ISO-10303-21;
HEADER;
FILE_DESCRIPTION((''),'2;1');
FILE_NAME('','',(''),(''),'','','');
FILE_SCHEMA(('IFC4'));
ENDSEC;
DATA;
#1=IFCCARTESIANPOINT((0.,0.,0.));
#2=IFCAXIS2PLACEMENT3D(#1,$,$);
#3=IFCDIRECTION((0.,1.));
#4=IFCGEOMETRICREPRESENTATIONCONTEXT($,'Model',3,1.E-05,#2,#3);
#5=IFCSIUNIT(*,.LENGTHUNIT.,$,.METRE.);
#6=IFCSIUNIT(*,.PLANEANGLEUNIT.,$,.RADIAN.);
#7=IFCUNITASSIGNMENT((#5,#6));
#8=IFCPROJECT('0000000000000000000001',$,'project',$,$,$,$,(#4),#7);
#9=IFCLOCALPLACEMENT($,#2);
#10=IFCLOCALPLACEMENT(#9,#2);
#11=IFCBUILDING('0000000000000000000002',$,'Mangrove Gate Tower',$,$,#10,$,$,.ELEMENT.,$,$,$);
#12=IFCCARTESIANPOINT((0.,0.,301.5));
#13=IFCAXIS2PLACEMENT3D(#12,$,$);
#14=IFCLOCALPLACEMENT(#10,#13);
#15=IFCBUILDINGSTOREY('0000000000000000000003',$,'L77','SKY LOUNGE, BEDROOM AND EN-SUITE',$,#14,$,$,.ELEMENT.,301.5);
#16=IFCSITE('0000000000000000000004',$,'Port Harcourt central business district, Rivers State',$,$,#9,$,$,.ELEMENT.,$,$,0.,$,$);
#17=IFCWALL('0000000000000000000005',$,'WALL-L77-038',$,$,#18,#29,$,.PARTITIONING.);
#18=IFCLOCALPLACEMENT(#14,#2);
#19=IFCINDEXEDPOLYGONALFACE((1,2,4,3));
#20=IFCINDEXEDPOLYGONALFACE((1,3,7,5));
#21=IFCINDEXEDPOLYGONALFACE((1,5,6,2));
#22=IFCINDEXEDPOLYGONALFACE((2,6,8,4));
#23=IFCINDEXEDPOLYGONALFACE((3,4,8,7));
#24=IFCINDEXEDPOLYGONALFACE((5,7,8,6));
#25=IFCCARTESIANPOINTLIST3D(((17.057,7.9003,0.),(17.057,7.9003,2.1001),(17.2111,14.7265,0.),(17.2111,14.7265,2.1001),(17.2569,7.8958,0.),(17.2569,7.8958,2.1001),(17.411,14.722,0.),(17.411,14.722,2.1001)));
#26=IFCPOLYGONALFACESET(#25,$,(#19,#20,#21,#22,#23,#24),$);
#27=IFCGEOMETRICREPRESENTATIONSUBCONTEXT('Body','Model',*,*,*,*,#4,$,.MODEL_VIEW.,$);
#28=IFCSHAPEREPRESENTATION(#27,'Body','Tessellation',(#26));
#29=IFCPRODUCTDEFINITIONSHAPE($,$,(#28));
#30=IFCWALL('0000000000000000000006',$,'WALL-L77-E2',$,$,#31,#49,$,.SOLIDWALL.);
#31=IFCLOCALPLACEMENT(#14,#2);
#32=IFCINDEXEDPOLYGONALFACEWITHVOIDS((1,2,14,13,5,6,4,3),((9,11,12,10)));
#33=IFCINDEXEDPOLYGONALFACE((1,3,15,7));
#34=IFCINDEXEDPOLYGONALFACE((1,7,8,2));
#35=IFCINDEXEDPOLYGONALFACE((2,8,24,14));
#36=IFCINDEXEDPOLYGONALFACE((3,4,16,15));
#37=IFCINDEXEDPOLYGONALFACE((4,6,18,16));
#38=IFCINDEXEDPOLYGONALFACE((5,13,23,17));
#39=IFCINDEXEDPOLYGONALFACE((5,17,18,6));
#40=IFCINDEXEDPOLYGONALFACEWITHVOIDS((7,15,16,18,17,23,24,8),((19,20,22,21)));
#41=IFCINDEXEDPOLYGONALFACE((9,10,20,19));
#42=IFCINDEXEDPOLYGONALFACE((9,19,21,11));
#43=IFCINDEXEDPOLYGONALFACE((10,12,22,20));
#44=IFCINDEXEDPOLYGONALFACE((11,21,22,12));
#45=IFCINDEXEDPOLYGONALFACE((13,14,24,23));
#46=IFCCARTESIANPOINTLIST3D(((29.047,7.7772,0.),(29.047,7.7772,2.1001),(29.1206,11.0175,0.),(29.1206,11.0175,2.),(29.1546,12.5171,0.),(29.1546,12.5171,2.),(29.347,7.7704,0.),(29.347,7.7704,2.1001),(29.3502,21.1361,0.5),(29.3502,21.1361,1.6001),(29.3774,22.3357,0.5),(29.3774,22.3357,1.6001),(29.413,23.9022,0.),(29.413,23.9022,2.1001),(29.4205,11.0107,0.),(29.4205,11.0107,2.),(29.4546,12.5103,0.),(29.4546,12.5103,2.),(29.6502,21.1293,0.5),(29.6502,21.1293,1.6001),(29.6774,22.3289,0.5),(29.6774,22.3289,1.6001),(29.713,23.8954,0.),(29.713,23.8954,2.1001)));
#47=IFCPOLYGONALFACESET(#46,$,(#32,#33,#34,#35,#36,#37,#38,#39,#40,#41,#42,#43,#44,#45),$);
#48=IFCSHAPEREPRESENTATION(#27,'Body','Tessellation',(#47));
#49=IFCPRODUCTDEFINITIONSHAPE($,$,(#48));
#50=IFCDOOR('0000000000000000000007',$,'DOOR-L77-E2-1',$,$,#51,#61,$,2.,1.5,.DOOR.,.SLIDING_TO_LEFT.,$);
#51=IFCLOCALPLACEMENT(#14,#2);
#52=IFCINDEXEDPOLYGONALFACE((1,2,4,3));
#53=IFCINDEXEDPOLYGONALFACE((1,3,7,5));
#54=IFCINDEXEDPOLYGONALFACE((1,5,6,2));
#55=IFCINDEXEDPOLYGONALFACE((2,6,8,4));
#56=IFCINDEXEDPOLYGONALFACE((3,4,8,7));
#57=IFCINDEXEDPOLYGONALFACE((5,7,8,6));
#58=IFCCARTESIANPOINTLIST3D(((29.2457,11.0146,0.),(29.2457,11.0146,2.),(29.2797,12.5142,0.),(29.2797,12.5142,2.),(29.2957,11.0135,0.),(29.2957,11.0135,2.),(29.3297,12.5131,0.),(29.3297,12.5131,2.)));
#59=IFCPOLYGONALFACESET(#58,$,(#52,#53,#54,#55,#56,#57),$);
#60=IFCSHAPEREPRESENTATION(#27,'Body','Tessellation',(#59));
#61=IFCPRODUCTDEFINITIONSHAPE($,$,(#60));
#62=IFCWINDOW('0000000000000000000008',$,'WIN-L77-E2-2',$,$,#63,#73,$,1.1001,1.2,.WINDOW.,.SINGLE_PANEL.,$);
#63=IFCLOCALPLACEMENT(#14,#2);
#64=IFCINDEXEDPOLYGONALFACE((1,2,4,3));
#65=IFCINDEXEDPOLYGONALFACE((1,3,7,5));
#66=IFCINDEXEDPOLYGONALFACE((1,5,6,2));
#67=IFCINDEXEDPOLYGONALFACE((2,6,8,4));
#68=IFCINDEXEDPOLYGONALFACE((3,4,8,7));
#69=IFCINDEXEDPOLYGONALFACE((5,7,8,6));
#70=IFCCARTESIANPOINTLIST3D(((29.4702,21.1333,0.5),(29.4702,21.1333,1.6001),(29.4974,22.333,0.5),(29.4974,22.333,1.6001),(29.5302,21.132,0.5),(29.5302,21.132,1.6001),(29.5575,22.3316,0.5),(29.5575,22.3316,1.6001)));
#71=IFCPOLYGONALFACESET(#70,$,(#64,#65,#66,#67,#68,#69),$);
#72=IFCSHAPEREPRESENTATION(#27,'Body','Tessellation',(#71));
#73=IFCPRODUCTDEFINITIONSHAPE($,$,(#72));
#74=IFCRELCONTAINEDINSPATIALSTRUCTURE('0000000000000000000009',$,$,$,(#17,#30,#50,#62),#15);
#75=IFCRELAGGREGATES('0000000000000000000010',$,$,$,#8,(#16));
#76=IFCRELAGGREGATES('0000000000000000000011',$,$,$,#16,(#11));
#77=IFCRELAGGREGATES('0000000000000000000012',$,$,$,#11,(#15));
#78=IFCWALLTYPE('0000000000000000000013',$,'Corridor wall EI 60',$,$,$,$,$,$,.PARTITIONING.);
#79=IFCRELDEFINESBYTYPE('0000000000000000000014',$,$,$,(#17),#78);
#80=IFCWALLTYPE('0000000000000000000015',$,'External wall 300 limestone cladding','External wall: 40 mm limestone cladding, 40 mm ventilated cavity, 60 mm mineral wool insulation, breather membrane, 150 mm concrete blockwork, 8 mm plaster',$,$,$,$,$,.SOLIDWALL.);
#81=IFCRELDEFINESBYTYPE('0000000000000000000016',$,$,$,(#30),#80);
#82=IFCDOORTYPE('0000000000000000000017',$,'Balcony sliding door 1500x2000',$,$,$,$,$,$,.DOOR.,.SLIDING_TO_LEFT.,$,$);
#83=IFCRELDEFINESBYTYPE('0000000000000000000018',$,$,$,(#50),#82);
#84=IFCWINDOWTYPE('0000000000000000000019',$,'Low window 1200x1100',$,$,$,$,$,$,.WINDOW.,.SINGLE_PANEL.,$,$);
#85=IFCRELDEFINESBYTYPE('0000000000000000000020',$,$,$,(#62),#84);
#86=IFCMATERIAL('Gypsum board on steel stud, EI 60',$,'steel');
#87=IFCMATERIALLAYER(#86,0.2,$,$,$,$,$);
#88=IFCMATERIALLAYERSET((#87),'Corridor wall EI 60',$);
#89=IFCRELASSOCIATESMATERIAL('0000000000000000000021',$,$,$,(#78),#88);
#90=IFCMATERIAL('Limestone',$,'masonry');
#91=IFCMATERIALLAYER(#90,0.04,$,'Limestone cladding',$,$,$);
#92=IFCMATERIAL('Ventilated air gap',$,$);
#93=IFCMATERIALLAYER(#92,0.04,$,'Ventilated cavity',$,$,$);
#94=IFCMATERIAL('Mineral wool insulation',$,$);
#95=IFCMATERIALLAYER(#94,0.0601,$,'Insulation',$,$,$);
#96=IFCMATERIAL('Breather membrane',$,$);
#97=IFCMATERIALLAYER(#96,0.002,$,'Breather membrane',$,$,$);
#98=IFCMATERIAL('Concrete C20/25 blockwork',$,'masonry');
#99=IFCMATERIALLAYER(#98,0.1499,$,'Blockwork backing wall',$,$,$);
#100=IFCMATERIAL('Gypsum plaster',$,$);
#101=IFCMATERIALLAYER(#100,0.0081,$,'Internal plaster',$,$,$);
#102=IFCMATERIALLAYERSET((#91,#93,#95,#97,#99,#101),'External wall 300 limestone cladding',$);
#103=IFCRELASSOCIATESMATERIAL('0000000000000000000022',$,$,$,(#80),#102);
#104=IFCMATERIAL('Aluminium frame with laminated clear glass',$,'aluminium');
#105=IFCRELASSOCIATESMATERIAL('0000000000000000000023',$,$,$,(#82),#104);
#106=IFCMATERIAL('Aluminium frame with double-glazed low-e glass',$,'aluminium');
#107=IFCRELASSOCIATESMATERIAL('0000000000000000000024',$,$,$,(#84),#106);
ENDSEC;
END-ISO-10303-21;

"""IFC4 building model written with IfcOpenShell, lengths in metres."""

from ifc_helpers import new_model, si_unit, direction, frame, frame_2d, origin, place, context, subcontext, project, spatial, rectangle, extrude, material, layer, layer_set, type_object, element, fill, save


model = new_model("IFC4")

# Units and contexts
model_context = context("Model", 3, precision=1e-05, world=origin(), true_north=direction((0.0, 1.0)))
body_context = subcontext(model_context, "Body", "Model", "MODEL_VIEW")
ifc_project = project(units=[si_unit("LENGTHUNIT", "METRE"), si_unit("PLANEANGLEUNIT", "RADIAN")], contexts=[model_context])

# Site, building, storey
site_placement = place(None, origin())
site = spatial("IfcSite", under=ifc_project, at=site_placement, Name="Port Harcourt central business district, Rivers State", CompositionType="ELEMENT", RefElevation=0.0)
building_placement = place(site_placement, origin())
building = spatial("IfcBuilding", under=site, at=building_placement, Name="Mangrove Gate Tower", CompositionType="ELEMENT")
storey_placement = place(building_placement, frame((0.0, 0.0, 301.5)))
storey = spatial("IfcBuildingStorey", under=building, at=storey_placement, Name="L77", Description="SKY LOUNGE, BEDROOM AND EN-SUITE", CompositionType="ELEMENT", Elevation=301.5)

# Shared definitions
ifc_material_1 = material(Name="Limestone", Category="masonry")

# Wall
ifc_material_2 = material(Name="Gypsum board on steel stud, EI 60", Category="steel")
ifc_layer_1 = layer(ifc_material_2, 0.2)
ifc_layer_set_1 = layer_set([ifc_layer_1], Name="Corridor wall EI 60")
wall_type_1 = type_object("IfcWallType", Name="Corridor wall EI 60", PredefinedType="PARTITIONING", material=ifc_layer_set_1)
wall_1_placement = place(storey_placement, frame((17.157, 7.8979, 0.0), z_axis=(0.0, 0.0, 1.0), x_axis=(0.022562, 0.999745, 0.0)))
element("IfcWall", 1, at=wall_1_placement, inside=storey, type_object=wall_type_1, Name="WALL-L77-038", PredefinedType="PARTITIONING", context=body_context, shape_type="SweptSolid", body=[
    extrude(rectangle(XDim=6.8279, YDim=0.2, at=frame_2d((3.4141, 0.0))), origin(), (0.0, 0.0, 1.0), 2.1001),
])

# Wall, openings, door, window
ifc_layer_2 = layer(ifc_material_1, 0.04, Name="Limestone cladding")
ifc_material_3 = material(Name="Ventilated air gap")
ifc_layer_3 = layer(ifc_material_3, 0.04, Name="Ventilated cavity")
ifc_material_4 = material(Name="Mineral wool insulation")
ifc_layer_4 = layer(ifc_material_4, 0.0601, Name="Insulation")
ifc_material_5 = material(Name="Breather membrane")
ifc_layer_5 = layer(ifc_material_5, 0.002, Name="Breather membrane")
ifc_material_6 = material(Name="Concrete C20/25 blockwork", Category="masonry")
ifc_layer_6 = layer(ifc_material_6, 0.1499, Name="Blockwork backing wall")
ifc_material_7 = material(Name="Gypsum plaster")
ifc_layer_7 = layer(ifc_material_7, 0.0081, Name="Internal plaster")
ifc_layer_set_2 = layer_set([ifc_layer_2, ifc_layer_3, ifc_layer_4, ifc_layer_5, ifc_layer_6, ifc_layer_7], Name="External wall 300 limestone cladding")
wall_type_2 = type_object("IfcWallType", Name="External wall 300 limestone cladding", Description="External wall: 40 mm limestone cladding, 40 mm ventilated cavity, 60 mm mineral wool insulation, breather membrane, 150 mm concrete blockwork, 8 mm plaster", PredefinedType="SOLIDWALL", material=ifc_layer_set_2)
wall_2_placement = place(storey_placement, frame((29.197, 7.7739, 0.0), z_axis=(0.0, 0.0, 1.0), x_axis=(0.02269, 0.999743, 0.0)))
wall_2 = element("IfcWall", 2, at=wall_2_placement, inside=storey, type_object=wall_type_2, Name="WALL-L77-E2", PredefinedType="SOLIDWALL", context=body_context, shape_type="SweptSolid", body=[
    extrude(rectangle(XDim=16.1292, YDim=0.3, at=frame_2d((8.0645, 0.0))), origin(), (0.0, 0.0, 1.0), 2.1001),
])
opening_1_placement = place(wall_2_placement, frame((3.241, 0.0, 0.0)))
opening_1 = element("IfcOpeningElement", 3, at=opening_1_placement, cuts=wall_2, PredefinedType="OPENING", context=body_context, shape_type="SweptSolid", body=[
    extrude(rectangle(XDim=1.5, YDim=2.0, at=frame_2d((0.75, 1.0))), frame((0.0, 0.1599, 0.0), z_axis=(0.0, -1.0, 0.0), x_axis=(1.0, 0.0, 0.0)), (0.0, 0.0, 1.0), 0.3201),
])
opening_2_placement = place(wall_2_placement, frame((13.3621, 0.0, 0.5)))
opening_2 = element("IfcOpeningElement", 4, at=opening_2_placement, cuts=wall_2, PredefinedType="OPENING", context=body_context, shape_type="SweptSolid", body=[
    extrude(rectangle(XDim=1.2, YDim=1.1001, at=frame_2d((0.6001, 0.55))), frame((0.0, 0.1599, 0.0), z_axis=(0.0, -1.0, 0.0), x_axis=(1.0, 0.0, 0.0)), (0.0, 0.0, 1.0), 0.3201),
])
ifc_material_8 = material(Name="Aluminium frame with laminated clear glass", Category="aluminium")
door_type = type_object("IfcDoorType", Name="Balcony sliding door 1500x2000", OperationType="SLIDING_TO_LEFT", PredefinedType="DOOR", material=ifc_material_8)
door_placement = place(opening_1_placement, origin())
door = element("IfcDoor", 5, at=door_placement, inside=storey, type_object=door_type, Name="DOOR-L77-E2-1", OperationType="SLIDING_TO_LEFT", OverallHeight=2.0, OverallWidth=1.5, PredefinedType="DOOR", context=body_context, shape_type="SweptSolid", body=[
    extrude(rectangle(XDim=1.5, YDim=2.0, at=frame_2d((0.75, 1.0))), frame((0.0, 0.0249, 0.0), z_axis=(0.0, -1.0, 0.0), x_axis=(1.0, 0.0, 0.0)), (0.0, 0.0, 1.0), 0.05),
])
fill(opening_1, door)
ifc_material_9 = material(Name="Aluminium frame with double-glazed low-e glass", Category="aluminium")
window_type = type_object("IfcWindowType", Name="Low window 1200x1100", PartitioningType="SINGLE_PANEL", PredefinedType="WINDOW", material=ifc_material_9)
window_placement = place(opening_2_placement, origin())
window = element("IfcWindow", 6, at=window_placement, inside=storey, type_object=window_type, Name="WIN-L77-E2-2", OverallHeight=1.1001, OverallWidth=1.2, PartitioningType="SINGLE_PANEL", PredefinedType="WINDOW", context=body_context, shape_type="SweptSolid", body=[
    extrude(rectangle(XDim=1.2, YDim=1.1001, at=frame_2d((0.6001, 0.55))), frame((0.0, 0.03, 0.0), z_axis=(0.0, -1.0, 0.0), x_axis=(1.0, 0.0, 0.0)), (0.0, 0.0, 1.0), 0.0601),
])
fill(opening_2, window)

save(model, "model.ifc")
